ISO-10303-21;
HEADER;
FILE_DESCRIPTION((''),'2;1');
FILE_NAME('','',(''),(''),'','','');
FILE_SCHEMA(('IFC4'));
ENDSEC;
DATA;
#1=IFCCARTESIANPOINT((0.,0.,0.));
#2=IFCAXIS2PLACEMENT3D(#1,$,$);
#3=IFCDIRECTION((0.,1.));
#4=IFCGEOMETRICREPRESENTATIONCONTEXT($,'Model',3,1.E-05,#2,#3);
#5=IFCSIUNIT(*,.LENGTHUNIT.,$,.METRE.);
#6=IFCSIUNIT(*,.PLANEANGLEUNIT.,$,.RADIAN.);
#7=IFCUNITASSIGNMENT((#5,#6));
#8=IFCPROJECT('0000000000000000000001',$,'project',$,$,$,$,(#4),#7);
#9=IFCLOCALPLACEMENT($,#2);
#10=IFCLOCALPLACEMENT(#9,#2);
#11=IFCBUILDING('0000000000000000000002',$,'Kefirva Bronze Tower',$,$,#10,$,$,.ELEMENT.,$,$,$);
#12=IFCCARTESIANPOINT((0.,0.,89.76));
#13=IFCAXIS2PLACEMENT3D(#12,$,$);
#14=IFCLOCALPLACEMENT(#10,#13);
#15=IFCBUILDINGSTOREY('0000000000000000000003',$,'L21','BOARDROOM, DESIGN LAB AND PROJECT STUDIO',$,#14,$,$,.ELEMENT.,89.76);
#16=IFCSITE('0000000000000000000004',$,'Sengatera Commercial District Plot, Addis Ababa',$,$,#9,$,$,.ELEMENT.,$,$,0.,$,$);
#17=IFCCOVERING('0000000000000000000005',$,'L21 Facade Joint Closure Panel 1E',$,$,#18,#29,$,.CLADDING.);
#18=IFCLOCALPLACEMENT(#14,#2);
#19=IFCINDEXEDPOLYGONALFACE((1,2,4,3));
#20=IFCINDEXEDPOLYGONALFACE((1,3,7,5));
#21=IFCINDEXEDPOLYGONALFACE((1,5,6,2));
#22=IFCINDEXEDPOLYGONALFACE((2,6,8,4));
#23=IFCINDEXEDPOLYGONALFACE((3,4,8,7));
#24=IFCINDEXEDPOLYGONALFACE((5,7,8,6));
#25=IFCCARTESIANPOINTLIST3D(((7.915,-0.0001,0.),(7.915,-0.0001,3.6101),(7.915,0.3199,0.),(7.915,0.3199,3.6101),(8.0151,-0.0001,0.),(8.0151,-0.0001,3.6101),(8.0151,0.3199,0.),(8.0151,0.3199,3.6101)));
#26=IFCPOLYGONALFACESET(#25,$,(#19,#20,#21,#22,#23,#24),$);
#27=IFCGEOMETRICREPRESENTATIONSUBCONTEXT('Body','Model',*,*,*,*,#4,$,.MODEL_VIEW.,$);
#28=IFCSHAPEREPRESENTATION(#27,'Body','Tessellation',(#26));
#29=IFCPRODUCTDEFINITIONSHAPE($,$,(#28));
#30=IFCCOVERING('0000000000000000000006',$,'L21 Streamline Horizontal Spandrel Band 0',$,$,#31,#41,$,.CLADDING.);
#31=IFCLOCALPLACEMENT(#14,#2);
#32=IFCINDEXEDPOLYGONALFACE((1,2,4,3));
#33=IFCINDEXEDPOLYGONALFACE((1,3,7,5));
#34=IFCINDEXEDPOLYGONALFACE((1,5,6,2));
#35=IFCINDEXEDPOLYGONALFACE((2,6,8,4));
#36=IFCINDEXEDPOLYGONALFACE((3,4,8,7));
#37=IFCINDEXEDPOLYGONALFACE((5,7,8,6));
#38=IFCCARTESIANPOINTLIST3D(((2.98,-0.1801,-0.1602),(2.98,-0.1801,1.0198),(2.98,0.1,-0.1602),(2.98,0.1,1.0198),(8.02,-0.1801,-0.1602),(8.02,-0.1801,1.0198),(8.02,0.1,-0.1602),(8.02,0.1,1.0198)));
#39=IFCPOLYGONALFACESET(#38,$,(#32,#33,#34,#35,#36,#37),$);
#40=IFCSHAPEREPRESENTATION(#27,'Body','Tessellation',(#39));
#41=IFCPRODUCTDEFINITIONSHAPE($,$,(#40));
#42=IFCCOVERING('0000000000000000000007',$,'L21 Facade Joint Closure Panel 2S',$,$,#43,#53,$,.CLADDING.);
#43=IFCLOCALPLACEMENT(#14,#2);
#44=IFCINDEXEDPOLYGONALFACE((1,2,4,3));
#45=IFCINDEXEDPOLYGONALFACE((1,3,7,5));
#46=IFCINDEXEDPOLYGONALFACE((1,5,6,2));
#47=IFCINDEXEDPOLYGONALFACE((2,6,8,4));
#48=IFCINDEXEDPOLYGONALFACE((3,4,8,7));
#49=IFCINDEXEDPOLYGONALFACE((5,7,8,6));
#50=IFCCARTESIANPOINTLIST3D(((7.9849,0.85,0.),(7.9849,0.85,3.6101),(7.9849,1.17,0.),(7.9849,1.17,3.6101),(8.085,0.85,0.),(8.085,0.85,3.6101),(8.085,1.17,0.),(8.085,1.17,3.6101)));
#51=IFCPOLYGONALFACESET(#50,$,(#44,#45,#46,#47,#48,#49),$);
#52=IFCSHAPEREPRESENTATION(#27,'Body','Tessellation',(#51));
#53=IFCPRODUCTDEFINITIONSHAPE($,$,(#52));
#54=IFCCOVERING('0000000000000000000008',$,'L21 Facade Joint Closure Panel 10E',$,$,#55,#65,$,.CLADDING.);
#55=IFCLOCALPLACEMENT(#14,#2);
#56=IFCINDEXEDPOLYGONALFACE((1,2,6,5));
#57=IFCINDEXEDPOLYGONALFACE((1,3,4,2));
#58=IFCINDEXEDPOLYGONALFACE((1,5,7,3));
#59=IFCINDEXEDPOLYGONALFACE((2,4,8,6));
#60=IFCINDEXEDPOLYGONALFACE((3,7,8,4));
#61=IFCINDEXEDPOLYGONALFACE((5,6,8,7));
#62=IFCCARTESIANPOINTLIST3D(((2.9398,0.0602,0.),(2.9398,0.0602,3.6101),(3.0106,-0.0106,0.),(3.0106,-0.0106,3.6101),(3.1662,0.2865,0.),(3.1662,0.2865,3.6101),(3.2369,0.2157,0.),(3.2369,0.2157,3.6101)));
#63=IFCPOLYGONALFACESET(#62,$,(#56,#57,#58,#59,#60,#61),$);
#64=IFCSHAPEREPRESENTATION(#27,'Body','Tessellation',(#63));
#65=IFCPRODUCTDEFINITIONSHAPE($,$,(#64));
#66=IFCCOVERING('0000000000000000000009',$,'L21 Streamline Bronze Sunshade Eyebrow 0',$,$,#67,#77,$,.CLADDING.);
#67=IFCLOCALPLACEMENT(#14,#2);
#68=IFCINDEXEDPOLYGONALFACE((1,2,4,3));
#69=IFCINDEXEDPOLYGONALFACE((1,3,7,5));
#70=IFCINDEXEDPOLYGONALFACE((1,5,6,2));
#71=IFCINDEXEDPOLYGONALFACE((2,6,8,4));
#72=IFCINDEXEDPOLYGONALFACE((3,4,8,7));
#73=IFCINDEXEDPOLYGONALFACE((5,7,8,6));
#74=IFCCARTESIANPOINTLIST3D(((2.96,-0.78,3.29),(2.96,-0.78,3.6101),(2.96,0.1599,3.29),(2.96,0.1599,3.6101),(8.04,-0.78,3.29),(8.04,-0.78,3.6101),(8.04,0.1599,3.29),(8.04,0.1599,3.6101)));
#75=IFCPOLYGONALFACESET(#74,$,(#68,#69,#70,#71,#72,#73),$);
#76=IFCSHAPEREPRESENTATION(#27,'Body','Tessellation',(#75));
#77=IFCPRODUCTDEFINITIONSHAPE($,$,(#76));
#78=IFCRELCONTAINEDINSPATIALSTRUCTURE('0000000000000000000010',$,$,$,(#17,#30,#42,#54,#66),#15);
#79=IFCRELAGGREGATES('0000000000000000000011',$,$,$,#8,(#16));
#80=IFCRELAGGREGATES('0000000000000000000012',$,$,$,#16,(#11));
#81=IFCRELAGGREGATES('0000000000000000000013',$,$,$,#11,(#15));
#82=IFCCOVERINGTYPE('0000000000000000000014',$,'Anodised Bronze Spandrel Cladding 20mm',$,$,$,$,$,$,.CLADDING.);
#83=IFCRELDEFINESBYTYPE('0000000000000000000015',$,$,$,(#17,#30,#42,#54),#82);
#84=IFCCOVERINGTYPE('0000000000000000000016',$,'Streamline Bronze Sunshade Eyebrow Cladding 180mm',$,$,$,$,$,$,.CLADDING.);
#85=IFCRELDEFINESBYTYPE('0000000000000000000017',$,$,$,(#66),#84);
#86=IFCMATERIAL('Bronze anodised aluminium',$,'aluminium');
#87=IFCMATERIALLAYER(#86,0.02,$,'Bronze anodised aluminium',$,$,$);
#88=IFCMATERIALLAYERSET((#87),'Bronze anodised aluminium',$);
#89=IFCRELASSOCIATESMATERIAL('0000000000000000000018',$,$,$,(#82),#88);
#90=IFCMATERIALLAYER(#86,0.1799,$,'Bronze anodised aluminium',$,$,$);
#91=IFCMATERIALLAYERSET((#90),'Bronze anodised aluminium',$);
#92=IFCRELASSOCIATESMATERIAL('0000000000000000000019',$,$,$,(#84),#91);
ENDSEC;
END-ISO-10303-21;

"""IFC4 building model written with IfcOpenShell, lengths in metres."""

from ifc_helpers import new_model, si_unit, direction, frame, origin, origin_2d, place, context, subcontext, project, spatial, rectangle, extrude, material, layer, layer_set, type_object, element, save


model = new_model("IFC4")

# Units and contexts
model_context = context("Model", 3, precision=1e-05, world=origin(), true_north=direction((0.0, 1.0)))
body_context = subcontext(model_context, "Body", "Model", "MODEL_VIEW")
ifc_project = project(units=[si_unit("LENGTHUNIT", "METRE"), si_unit("PLANEANGLEUNIT", "RADIAN")], contexts=[model_context])

# Site, building, storey
site_placement = place(None, origin())
site = spatial("IfcSite", under=ifc_project, at=site_placement, Name="Sengatera Commercial District Plot, Addis Ababa", CompositionType="ELEMENT", RefElevation=0.0)
building_placement = place(site_placement, origin())
building = spatial("IfcBuilding", under=site, at=building_placement, Name="Kefirva Bronze Tower", CompositionType="ELEMENT")
storey_placement = place(building_placement, frame((0.0, 0.0, 89.76)))
storey = spatial("IfcBuildingStorey", under=building, at=storey_placement, Name="L21", Description="BOARDROOM, DESIGN LAB AND PROJECT STUDIO", CompositionType="ELEMENT", Elevation=89.76)

# Coverings
ifc_material_1 = material(Name="Bronze anodised aluminium", Category="aluminium")
ifc_layer_1 = layer(ifc_material_1, 0.02, Name="Bronze anodised aluminium")
ifc_layer_set_1 = layer_set([ifc_layer_1], Name="Bronze anodised aluminium")
covering_type_1 = type_object("IfcCoveringType", Name="Anodised Bronze Spandrel Cladding 20mm", PredefinedType="CLADDING", material=ifc_layer_set_1)
for number, where, z_axis, x_axis, name in (
    (1, (7.9651, 0.1599, 0.0), (0.0, 0.0, 1.0), (1.0, 0.0, 0.0), "L21 Facade Joint Closure Panel 1E"),
):
    element("IfcCovering", number, at=place(storey_placement, frame(where, z_axis=z_axis, x_axis=x_axis)), inside=storey, type_object=covering_type_1, Name=name, PredefinedType="CLADDING", context=body_context, shape_type="SweptSolid", body=[
        extrude(rectangle(XDim=0.1001, YDim=0.3201, at=origin_2d()), origin(), (0.0, 0.0, 1.0), 3.6101),
    ])
covering_1_placement = place(storey_placement, frame((5.5, -0.04, -0.1602), z_axis=(0.0, 0.0, 1.0), x_axis=(1.0, 0.0, 0.0)))
element("IfcCovering", 2, at=covering_1_placement, inside=storey, type_object=covering_type_1, Name="L21 Streamline Horizontal Spandrel Band 0", PredefinedType="CLADDING", context=body_context, shape_type="SweptSolid", body=[
    extrude(rectangle(XDim=5.04, YDim=0.28, at=origin_2d()), origin(), (0.0, 0.0, 1.0), 1.1799),
])
for number, where, z_axis, x_axis, name in (
    (3, (8.0349, 1.01, 0.0), (0.0, 0.0, 1.0), (1.0, 0.0, 0.0), "L21 Facade Joint Closure Panel 2S"),
    (4, (3.0884, 0.1379, 0.0), (0.0, 0.0, 1.0), (0.707107, -0.707107, 0.0), "L21 Facade Joint Closure Panel 10E"),
):
    element("IfcCovering", number, at=place(storey_placement, frame(where, z_axis=z_axis, x_axis=x_axis)), inside=storey, type_object=covering_type_1, Name=name, PredefinedType="CLADDING", context=body_context, shape_type="SweptSolid", body=[
        extrude(rectangle(XDim=0.1001, YDim=0.3201, at=origin_2d()), origin(), (0.0, 0.0, 1.0), 3.6101),
    ])
ifc_layer_2 = layer(ifc_material_1, 0.1799, Name="Bronze anodised aluminium")
ifc_layer_set_2 = layer_set([ifc_layer_2], Name="Bronze anodised aluminium")
covering_type_2 = type_object("IfcCoveringType", Name="Streamline Bronze Sunshade Eyebrow Cladding 180mm", PredefinedType="CLADDING", material=ifc_layer_set_2)
covering_2_placement = place(storey_placement, frame((5.5, -0.3101, 3.29), z_axis=(0.0, 0.0, 1.0), x_axis=(1.0, 0.0, 0.0)))
element("IfcCovering", 5, at=covering_2_placement, inside=storey, type_object=covering_type_2, Name="L21 Streamline Bronze Sunshade Eyebrow 0", PredefinedType="CLADDING", context=body_context, shape_type="SweptSolid", body=[
    extrude(rectangle(XDim=5.0801, YDim=0.9399, at=origin_2d()), origin(), (0.0, 0.0, 1.0), 0.3201),
])

save(model, "model.ifc")
